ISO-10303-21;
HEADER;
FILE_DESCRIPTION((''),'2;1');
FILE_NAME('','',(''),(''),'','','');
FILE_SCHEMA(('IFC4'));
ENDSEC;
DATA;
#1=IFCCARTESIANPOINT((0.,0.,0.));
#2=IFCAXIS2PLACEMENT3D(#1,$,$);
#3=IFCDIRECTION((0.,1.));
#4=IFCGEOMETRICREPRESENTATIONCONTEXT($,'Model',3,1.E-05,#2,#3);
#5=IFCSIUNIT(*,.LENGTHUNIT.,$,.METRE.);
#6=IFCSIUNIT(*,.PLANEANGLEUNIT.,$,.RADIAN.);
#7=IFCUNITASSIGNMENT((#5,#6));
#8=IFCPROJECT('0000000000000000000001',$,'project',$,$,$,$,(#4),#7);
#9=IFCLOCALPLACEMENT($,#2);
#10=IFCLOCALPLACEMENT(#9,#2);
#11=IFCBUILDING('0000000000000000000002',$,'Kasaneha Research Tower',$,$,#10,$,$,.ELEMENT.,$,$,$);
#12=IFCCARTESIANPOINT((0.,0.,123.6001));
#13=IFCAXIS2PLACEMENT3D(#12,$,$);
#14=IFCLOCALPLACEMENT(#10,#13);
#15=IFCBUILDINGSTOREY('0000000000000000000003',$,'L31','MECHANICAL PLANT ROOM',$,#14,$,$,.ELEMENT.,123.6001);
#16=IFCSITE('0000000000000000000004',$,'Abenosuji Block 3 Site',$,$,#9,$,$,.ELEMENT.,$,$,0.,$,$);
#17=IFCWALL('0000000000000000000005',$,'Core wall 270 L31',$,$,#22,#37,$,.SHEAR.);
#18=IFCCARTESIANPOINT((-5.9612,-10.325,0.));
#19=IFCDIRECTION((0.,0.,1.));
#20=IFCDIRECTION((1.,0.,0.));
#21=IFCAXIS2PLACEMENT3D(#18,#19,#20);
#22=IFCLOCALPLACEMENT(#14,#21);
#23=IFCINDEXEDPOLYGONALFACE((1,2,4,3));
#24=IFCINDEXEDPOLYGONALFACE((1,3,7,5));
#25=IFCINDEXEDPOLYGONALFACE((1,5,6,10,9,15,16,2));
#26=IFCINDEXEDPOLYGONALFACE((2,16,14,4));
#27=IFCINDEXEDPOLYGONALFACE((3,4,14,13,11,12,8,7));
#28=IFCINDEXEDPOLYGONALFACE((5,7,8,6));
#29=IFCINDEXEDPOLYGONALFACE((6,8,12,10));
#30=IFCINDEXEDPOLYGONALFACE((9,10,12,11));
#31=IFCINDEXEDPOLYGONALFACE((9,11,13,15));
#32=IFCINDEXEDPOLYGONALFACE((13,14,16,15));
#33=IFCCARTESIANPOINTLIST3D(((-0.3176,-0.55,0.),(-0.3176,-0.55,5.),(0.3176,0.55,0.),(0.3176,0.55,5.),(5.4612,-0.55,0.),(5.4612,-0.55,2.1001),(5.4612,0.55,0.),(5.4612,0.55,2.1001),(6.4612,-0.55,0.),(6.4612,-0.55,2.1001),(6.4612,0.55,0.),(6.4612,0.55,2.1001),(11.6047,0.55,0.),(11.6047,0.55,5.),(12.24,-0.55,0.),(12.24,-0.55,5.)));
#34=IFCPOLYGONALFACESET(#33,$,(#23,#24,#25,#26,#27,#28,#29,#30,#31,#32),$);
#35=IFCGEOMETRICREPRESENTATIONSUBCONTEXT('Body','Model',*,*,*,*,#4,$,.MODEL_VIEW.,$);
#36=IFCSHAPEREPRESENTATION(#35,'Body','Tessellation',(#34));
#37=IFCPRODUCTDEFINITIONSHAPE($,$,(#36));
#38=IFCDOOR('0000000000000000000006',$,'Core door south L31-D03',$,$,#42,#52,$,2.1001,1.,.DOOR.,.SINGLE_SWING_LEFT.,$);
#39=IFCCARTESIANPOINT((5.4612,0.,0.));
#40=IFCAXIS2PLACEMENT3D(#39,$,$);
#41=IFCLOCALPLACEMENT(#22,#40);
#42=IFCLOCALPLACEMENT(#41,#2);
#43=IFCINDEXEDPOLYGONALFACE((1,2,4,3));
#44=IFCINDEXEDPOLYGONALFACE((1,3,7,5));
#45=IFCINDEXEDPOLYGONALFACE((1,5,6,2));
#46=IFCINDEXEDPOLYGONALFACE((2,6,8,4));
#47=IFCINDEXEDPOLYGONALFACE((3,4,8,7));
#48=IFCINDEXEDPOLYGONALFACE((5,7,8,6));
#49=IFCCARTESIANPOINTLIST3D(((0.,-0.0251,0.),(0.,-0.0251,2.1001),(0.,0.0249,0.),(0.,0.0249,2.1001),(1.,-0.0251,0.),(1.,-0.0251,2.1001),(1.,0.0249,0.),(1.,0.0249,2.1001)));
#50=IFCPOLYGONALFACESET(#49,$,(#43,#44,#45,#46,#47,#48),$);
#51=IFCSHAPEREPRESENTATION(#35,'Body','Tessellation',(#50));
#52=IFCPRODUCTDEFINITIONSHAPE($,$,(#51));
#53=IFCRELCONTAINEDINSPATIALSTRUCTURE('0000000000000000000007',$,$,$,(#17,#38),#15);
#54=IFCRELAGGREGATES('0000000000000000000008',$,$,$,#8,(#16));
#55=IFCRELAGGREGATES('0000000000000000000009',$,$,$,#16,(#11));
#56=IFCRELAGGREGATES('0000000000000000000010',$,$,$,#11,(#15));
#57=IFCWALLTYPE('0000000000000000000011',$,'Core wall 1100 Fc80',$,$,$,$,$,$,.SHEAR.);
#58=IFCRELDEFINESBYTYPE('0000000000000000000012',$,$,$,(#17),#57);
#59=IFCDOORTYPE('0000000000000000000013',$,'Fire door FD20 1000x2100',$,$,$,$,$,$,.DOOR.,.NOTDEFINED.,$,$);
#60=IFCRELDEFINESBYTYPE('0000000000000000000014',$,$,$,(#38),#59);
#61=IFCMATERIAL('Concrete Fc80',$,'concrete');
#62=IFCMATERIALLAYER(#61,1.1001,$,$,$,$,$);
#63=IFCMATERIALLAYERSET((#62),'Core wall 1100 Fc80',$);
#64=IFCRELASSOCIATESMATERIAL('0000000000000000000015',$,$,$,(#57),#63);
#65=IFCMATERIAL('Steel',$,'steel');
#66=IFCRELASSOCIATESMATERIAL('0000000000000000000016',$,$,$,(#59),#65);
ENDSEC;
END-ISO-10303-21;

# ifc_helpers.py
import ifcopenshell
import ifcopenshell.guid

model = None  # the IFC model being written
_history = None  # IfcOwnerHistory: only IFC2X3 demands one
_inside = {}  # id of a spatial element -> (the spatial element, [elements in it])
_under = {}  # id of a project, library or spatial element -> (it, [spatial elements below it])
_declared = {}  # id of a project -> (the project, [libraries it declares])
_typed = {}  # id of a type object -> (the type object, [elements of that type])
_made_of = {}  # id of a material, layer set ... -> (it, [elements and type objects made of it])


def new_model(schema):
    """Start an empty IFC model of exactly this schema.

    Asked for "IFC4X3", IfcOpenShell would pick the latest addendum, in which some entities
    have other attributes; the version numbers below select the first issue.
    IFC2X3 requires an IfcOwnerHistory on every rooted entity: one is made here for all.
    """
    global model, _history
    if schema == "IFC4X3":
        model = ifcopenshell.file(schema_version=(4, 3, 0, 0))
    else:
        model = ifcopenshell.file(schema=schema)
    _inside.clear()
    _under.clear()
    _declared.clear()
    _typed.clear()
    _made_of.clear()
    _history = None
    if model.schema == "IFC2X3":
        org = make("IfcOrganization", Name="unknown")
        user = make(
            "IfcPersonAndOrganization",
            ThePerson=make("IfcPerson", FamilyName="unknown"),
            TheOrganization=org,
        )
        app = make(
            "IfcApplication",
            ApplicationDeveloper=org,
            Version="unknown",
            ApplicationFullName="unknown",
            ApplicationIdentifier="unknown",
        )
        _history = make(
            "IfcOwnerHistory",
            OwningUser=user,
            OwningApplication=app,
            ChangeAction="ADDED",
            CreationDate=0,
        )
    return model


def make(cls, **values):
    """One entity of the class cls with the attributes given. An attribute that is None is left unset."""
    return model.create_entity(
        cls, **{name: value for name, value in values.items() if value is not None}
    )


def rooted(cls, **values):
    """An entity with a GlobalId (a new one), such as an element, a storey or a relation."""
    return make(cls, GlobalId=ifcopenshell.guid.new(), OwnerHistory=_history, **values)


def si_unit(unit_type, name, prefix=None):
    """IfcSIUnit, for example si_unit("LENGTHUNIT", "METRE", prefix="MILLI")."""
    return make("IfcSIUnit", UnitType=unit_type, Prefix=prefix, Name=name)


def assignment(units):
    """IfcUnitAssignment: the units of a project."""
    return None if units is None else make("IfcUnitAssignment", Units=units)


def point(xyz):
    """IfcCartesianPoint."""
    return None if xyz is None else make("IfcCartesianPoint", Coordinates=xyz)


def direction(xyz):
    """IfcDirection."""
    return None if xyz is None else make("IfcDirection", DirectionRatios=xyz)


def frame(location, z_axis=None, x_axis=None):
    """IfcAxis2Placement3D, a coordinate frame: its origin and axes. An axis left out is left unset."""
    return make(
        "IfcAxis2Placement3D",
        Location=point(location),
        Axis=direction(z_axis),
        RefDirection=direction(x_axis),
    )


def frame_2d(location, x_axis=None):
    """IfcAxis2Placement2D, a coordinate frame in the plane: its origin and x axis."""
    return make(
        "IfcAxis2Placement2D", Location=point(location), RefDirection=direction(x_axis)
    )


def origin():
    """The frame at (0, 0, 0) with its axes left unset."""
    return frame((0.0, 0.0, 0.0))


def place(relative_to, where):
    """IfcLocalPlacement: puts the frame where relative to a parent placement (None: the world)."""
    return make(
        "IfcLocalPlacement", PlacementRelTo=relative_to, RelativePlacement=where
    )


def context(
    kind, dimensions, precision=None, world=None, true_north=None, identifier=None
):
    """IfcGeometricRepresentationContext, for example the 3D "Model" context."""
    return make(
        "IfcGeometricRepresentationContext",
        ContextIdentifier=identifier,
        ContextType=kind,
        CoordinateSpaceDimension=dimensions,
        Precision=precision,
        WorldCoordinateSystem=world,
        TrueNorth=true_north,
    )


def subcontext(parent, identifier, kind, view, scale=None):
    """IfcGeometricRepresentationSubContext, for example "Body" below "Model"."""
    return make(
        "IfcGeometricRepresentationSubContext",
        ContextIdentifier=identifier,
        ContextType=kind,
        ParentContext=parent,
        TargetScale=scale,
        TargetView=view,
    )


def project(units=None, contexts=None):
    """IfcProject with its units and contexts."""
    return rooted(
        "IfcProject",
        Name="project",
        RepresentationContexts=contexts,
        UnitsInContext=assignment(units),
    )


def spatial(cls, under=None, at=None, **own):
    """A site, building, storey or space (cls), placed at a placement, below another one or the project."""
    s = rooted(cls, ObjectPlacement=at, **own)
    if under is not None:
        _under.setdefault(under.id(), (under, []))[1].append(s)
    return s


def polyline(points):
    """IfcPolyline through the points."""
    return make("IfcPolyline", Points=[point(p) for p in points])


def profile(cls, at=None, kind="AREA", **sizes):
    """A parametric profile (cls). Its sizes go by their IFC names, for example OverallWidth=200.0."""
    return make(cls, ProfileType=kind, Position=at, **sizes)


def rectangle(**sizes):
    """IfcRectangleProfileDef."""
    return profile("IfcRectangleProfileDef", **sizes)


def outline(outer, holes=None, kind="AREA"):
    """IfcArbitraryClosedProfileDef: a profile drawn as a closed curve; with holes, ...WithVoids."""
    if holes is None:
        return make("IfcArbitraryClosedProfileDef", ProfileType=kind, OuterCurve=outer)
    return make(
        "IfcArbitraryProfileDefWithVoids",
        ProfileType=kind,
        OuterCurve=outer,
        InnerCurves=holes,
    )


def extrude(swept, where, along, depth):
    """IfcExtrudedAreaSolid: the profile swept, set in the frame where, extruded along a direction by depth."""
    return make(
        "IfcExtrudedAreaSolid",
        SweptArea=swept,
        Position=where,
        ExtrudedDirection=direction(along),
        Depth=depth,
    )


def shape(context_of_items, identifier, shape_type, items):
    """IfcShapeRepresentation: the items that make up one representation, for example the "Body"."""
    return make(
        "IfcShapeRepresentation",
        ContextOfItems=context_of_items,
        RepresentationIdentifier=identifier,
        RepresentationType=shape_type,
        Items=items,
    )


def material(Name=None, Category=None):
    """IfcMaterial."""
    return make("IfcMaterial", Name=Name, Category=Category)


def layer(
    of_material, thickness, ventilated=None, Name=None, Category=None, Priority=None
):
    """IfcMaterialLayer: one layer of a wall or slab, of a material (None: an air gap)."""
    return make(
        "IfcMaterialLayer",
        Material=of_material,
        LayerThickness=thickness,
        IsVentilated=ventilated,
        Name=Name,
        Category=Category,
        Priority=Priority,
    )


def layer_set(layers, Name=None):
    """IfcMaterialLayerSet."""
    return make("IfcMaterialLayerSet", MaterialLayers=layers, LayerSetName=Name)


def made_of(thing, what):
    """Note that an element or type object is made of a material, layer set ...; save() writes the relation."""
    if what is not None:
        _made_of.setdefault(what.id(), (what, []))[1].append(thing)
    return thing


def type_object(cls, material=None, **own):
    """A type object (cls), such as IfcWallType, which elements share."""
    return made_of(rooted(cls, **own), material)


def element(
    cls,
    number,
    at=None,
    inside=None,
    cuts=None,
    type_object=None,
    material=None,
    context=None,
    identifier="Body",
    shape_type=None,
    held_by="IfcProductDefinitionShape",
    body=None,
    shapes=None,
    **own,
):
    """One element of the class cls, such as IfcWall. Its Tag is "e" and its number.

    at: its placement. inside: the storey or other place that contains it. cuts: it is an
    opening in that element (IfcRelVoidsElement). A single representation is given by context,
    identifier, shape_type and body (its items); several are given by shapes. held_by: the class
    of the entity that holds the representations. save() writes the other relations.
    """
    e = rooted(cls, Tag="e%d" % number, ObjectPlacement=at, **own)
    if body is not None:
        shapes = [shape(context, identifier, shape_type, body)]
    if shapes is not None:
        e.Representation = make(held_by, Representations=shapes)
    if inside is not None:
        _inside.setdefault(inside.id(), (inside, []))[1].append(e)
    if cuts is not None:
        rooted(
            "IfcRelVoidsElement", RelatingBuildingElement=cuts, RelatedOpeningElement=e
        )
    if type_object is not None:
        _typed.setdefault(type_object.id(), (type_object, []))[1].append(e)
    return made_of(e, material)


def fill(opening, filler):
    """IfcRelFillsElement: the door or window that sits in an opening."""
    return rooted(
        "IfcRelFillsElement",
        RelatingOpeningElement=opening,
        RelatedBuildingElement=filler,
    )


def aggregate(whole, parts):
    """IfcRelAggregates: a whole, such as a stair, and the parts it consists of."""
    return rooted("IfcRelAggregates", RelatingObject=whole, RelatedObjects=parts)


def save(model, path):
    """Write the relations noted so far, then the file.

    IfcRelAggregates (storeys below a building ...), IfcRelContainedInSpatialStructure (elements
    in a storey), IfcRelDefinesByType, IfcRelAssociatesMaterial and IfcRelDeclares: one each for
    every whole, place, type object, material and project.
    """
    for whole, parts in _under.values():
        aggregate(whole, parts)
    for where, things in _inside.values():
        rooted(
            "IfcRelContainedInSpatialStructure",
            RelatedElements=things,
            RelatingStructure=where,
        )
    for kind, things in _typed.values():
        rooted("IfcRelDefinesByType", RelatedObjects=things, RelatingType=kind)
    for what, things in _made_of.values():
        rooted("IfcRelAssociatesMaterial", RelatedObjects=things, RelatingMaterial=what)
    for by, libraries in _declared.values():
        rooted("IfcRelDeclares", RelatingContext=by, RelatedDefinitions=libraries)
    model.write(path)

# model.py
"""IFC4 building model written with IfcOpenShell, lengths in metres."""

from ifc_helpers import new_model, si_unit, direction, frame, frame_2d, origin, place, context, subcontext, project, spatial, polyline, rectangle, outline, extrude, material, layer, layer_set, type_object, element, fill, save


model = new_model("IFC4")

# Units and contexts
model_context = context("Model", 3, precision=1e-05, world=origin(), true_north=direction((0.0, 1.0)))
body_context = subcontext(model_context, "Body", "Model", "MODEL_VIEW")
ifc_project = project(units=[si_unit("LENGTHUNIT", "METRE"), si_unit("PLANEANGLEUNIT", "RADIAN")], contexts=[model_context])

# Site, building, storey
site_placement = place(None, origin())
site = spatial("IfcSite", under=ifc_project, at=site_placement, Name="Abenosuji Block 3 Site", CompositionType="ELEMENT", RefElevation=0.0)
building_placement = place(site_placement, origin())
building = spatial("IfcBuilding", under=site, at=building_placement, Name="Kasaneha Research Tower", CompositionType="ELEMENT")
storey_placement = place(building_placement, frame((0.0, 0.0, 123.6001)))
storey = spatial("IfcBuildingStorey", under=building, at=storey_placement, Name="L31", Description="MECHANICAL PLANT ROOM", CompositionType="ELEMENT", Elevation=123.6001)

# Wall, opening, door
ifc_material_1 = material(Name="Concrete Fc80", Category="concrete")
ifc_layer_1 = layer(ifc_material_1, 1.1001)
ifc_layer_set_1 = layer_set([ifc_layer_1], Name="Core wall 1100 Fc80")
wall_type_1 = type_object("IfcWallType", Name="Core wall 1100 Fc80", PredefinedType="SHEAR", material=ifc_layer_set_1)
wall_1_placement = place(storey_placement, frame((-5.9612, -10.325, 0.0), z_axis=(0.0, 0.0, 1.0), x_axis=(1.0, 0.0, 0.0)))
wall_1 = element("IfcWall", 1, at=wall_1_placement, inside=storey, type_object=wall_type_1, Name="Core wall 270 L31", PredefinedType="SHEAR", context=body_context, shape_type="SweptSolid", body=[
    extrude(outline(polyline([(-0.3176, -0.55), (5.4612, -0.55), (6.4612, -0.55), (12.24, -0.55), (11.6047, 0.55), (6.4612, 0.55), (5.4612, 0.55), (0.3176, 0.55), (-0.3176, -0.55)])), origin(), (0.0, 0.0, 1.0), 5.0),
])
opening_1_placement = place(wall_1_placement, frame((5.4612, 0.0, 0.0)))
opening_1 = element("IfcOpeningElement", 2, at=opening_1_placement, cuts=wall_1, PredefinedType="OPENING", context=body_context, shape_type="SweptSolid", body=[
    extrude(rectangle(XDim=1.0, YDim=2.1001, at=frame_2d((0.5, 1.05))), frame((0.0, 0.5601, 0.0), z_axis=(0.0, -1.0, 0.0), x_axis=(1.0, 0.0, 0.0)), (0.0, 0.0, 1.0), 1.1201),
])
ifc_material_2 = material(Name="Steel", Category="steel")
door_type_1 = type_object("IfcDoorType", Name="Fire door FD20 1000x2100", OperationType="NOTDEFINED", PredefinedType="DOOR", material=ifc_material_2)
door_1_placement = place(opening_1_placement, origin())
door_1 = element("IfcDoor", 3, at=door_1_placement, inside=storey, type_object=door_type_1, Name="Core door south L31-D03", OperationType="SINGLE_SWING_LEFT", OverallHeight=2.1001, OverallWidth=1.0, PredefinedType="DOOR", context=body_context, shape_type="SweptSolid", body=[
    extrude(rectangle(XDim=1.0, YDim=2.1001, at=frame_2d((0.5, 1.05))), frame((0.0, 0.0249, 0.0), z_axis=(0.0, -1.0, 0.0), x_axis=(1.0, 0.0, 0.0)), (0.0, 0.0, 1.0), 0.05),
])
fill(opening_1, door_1)

save(model, "model.ifc")
